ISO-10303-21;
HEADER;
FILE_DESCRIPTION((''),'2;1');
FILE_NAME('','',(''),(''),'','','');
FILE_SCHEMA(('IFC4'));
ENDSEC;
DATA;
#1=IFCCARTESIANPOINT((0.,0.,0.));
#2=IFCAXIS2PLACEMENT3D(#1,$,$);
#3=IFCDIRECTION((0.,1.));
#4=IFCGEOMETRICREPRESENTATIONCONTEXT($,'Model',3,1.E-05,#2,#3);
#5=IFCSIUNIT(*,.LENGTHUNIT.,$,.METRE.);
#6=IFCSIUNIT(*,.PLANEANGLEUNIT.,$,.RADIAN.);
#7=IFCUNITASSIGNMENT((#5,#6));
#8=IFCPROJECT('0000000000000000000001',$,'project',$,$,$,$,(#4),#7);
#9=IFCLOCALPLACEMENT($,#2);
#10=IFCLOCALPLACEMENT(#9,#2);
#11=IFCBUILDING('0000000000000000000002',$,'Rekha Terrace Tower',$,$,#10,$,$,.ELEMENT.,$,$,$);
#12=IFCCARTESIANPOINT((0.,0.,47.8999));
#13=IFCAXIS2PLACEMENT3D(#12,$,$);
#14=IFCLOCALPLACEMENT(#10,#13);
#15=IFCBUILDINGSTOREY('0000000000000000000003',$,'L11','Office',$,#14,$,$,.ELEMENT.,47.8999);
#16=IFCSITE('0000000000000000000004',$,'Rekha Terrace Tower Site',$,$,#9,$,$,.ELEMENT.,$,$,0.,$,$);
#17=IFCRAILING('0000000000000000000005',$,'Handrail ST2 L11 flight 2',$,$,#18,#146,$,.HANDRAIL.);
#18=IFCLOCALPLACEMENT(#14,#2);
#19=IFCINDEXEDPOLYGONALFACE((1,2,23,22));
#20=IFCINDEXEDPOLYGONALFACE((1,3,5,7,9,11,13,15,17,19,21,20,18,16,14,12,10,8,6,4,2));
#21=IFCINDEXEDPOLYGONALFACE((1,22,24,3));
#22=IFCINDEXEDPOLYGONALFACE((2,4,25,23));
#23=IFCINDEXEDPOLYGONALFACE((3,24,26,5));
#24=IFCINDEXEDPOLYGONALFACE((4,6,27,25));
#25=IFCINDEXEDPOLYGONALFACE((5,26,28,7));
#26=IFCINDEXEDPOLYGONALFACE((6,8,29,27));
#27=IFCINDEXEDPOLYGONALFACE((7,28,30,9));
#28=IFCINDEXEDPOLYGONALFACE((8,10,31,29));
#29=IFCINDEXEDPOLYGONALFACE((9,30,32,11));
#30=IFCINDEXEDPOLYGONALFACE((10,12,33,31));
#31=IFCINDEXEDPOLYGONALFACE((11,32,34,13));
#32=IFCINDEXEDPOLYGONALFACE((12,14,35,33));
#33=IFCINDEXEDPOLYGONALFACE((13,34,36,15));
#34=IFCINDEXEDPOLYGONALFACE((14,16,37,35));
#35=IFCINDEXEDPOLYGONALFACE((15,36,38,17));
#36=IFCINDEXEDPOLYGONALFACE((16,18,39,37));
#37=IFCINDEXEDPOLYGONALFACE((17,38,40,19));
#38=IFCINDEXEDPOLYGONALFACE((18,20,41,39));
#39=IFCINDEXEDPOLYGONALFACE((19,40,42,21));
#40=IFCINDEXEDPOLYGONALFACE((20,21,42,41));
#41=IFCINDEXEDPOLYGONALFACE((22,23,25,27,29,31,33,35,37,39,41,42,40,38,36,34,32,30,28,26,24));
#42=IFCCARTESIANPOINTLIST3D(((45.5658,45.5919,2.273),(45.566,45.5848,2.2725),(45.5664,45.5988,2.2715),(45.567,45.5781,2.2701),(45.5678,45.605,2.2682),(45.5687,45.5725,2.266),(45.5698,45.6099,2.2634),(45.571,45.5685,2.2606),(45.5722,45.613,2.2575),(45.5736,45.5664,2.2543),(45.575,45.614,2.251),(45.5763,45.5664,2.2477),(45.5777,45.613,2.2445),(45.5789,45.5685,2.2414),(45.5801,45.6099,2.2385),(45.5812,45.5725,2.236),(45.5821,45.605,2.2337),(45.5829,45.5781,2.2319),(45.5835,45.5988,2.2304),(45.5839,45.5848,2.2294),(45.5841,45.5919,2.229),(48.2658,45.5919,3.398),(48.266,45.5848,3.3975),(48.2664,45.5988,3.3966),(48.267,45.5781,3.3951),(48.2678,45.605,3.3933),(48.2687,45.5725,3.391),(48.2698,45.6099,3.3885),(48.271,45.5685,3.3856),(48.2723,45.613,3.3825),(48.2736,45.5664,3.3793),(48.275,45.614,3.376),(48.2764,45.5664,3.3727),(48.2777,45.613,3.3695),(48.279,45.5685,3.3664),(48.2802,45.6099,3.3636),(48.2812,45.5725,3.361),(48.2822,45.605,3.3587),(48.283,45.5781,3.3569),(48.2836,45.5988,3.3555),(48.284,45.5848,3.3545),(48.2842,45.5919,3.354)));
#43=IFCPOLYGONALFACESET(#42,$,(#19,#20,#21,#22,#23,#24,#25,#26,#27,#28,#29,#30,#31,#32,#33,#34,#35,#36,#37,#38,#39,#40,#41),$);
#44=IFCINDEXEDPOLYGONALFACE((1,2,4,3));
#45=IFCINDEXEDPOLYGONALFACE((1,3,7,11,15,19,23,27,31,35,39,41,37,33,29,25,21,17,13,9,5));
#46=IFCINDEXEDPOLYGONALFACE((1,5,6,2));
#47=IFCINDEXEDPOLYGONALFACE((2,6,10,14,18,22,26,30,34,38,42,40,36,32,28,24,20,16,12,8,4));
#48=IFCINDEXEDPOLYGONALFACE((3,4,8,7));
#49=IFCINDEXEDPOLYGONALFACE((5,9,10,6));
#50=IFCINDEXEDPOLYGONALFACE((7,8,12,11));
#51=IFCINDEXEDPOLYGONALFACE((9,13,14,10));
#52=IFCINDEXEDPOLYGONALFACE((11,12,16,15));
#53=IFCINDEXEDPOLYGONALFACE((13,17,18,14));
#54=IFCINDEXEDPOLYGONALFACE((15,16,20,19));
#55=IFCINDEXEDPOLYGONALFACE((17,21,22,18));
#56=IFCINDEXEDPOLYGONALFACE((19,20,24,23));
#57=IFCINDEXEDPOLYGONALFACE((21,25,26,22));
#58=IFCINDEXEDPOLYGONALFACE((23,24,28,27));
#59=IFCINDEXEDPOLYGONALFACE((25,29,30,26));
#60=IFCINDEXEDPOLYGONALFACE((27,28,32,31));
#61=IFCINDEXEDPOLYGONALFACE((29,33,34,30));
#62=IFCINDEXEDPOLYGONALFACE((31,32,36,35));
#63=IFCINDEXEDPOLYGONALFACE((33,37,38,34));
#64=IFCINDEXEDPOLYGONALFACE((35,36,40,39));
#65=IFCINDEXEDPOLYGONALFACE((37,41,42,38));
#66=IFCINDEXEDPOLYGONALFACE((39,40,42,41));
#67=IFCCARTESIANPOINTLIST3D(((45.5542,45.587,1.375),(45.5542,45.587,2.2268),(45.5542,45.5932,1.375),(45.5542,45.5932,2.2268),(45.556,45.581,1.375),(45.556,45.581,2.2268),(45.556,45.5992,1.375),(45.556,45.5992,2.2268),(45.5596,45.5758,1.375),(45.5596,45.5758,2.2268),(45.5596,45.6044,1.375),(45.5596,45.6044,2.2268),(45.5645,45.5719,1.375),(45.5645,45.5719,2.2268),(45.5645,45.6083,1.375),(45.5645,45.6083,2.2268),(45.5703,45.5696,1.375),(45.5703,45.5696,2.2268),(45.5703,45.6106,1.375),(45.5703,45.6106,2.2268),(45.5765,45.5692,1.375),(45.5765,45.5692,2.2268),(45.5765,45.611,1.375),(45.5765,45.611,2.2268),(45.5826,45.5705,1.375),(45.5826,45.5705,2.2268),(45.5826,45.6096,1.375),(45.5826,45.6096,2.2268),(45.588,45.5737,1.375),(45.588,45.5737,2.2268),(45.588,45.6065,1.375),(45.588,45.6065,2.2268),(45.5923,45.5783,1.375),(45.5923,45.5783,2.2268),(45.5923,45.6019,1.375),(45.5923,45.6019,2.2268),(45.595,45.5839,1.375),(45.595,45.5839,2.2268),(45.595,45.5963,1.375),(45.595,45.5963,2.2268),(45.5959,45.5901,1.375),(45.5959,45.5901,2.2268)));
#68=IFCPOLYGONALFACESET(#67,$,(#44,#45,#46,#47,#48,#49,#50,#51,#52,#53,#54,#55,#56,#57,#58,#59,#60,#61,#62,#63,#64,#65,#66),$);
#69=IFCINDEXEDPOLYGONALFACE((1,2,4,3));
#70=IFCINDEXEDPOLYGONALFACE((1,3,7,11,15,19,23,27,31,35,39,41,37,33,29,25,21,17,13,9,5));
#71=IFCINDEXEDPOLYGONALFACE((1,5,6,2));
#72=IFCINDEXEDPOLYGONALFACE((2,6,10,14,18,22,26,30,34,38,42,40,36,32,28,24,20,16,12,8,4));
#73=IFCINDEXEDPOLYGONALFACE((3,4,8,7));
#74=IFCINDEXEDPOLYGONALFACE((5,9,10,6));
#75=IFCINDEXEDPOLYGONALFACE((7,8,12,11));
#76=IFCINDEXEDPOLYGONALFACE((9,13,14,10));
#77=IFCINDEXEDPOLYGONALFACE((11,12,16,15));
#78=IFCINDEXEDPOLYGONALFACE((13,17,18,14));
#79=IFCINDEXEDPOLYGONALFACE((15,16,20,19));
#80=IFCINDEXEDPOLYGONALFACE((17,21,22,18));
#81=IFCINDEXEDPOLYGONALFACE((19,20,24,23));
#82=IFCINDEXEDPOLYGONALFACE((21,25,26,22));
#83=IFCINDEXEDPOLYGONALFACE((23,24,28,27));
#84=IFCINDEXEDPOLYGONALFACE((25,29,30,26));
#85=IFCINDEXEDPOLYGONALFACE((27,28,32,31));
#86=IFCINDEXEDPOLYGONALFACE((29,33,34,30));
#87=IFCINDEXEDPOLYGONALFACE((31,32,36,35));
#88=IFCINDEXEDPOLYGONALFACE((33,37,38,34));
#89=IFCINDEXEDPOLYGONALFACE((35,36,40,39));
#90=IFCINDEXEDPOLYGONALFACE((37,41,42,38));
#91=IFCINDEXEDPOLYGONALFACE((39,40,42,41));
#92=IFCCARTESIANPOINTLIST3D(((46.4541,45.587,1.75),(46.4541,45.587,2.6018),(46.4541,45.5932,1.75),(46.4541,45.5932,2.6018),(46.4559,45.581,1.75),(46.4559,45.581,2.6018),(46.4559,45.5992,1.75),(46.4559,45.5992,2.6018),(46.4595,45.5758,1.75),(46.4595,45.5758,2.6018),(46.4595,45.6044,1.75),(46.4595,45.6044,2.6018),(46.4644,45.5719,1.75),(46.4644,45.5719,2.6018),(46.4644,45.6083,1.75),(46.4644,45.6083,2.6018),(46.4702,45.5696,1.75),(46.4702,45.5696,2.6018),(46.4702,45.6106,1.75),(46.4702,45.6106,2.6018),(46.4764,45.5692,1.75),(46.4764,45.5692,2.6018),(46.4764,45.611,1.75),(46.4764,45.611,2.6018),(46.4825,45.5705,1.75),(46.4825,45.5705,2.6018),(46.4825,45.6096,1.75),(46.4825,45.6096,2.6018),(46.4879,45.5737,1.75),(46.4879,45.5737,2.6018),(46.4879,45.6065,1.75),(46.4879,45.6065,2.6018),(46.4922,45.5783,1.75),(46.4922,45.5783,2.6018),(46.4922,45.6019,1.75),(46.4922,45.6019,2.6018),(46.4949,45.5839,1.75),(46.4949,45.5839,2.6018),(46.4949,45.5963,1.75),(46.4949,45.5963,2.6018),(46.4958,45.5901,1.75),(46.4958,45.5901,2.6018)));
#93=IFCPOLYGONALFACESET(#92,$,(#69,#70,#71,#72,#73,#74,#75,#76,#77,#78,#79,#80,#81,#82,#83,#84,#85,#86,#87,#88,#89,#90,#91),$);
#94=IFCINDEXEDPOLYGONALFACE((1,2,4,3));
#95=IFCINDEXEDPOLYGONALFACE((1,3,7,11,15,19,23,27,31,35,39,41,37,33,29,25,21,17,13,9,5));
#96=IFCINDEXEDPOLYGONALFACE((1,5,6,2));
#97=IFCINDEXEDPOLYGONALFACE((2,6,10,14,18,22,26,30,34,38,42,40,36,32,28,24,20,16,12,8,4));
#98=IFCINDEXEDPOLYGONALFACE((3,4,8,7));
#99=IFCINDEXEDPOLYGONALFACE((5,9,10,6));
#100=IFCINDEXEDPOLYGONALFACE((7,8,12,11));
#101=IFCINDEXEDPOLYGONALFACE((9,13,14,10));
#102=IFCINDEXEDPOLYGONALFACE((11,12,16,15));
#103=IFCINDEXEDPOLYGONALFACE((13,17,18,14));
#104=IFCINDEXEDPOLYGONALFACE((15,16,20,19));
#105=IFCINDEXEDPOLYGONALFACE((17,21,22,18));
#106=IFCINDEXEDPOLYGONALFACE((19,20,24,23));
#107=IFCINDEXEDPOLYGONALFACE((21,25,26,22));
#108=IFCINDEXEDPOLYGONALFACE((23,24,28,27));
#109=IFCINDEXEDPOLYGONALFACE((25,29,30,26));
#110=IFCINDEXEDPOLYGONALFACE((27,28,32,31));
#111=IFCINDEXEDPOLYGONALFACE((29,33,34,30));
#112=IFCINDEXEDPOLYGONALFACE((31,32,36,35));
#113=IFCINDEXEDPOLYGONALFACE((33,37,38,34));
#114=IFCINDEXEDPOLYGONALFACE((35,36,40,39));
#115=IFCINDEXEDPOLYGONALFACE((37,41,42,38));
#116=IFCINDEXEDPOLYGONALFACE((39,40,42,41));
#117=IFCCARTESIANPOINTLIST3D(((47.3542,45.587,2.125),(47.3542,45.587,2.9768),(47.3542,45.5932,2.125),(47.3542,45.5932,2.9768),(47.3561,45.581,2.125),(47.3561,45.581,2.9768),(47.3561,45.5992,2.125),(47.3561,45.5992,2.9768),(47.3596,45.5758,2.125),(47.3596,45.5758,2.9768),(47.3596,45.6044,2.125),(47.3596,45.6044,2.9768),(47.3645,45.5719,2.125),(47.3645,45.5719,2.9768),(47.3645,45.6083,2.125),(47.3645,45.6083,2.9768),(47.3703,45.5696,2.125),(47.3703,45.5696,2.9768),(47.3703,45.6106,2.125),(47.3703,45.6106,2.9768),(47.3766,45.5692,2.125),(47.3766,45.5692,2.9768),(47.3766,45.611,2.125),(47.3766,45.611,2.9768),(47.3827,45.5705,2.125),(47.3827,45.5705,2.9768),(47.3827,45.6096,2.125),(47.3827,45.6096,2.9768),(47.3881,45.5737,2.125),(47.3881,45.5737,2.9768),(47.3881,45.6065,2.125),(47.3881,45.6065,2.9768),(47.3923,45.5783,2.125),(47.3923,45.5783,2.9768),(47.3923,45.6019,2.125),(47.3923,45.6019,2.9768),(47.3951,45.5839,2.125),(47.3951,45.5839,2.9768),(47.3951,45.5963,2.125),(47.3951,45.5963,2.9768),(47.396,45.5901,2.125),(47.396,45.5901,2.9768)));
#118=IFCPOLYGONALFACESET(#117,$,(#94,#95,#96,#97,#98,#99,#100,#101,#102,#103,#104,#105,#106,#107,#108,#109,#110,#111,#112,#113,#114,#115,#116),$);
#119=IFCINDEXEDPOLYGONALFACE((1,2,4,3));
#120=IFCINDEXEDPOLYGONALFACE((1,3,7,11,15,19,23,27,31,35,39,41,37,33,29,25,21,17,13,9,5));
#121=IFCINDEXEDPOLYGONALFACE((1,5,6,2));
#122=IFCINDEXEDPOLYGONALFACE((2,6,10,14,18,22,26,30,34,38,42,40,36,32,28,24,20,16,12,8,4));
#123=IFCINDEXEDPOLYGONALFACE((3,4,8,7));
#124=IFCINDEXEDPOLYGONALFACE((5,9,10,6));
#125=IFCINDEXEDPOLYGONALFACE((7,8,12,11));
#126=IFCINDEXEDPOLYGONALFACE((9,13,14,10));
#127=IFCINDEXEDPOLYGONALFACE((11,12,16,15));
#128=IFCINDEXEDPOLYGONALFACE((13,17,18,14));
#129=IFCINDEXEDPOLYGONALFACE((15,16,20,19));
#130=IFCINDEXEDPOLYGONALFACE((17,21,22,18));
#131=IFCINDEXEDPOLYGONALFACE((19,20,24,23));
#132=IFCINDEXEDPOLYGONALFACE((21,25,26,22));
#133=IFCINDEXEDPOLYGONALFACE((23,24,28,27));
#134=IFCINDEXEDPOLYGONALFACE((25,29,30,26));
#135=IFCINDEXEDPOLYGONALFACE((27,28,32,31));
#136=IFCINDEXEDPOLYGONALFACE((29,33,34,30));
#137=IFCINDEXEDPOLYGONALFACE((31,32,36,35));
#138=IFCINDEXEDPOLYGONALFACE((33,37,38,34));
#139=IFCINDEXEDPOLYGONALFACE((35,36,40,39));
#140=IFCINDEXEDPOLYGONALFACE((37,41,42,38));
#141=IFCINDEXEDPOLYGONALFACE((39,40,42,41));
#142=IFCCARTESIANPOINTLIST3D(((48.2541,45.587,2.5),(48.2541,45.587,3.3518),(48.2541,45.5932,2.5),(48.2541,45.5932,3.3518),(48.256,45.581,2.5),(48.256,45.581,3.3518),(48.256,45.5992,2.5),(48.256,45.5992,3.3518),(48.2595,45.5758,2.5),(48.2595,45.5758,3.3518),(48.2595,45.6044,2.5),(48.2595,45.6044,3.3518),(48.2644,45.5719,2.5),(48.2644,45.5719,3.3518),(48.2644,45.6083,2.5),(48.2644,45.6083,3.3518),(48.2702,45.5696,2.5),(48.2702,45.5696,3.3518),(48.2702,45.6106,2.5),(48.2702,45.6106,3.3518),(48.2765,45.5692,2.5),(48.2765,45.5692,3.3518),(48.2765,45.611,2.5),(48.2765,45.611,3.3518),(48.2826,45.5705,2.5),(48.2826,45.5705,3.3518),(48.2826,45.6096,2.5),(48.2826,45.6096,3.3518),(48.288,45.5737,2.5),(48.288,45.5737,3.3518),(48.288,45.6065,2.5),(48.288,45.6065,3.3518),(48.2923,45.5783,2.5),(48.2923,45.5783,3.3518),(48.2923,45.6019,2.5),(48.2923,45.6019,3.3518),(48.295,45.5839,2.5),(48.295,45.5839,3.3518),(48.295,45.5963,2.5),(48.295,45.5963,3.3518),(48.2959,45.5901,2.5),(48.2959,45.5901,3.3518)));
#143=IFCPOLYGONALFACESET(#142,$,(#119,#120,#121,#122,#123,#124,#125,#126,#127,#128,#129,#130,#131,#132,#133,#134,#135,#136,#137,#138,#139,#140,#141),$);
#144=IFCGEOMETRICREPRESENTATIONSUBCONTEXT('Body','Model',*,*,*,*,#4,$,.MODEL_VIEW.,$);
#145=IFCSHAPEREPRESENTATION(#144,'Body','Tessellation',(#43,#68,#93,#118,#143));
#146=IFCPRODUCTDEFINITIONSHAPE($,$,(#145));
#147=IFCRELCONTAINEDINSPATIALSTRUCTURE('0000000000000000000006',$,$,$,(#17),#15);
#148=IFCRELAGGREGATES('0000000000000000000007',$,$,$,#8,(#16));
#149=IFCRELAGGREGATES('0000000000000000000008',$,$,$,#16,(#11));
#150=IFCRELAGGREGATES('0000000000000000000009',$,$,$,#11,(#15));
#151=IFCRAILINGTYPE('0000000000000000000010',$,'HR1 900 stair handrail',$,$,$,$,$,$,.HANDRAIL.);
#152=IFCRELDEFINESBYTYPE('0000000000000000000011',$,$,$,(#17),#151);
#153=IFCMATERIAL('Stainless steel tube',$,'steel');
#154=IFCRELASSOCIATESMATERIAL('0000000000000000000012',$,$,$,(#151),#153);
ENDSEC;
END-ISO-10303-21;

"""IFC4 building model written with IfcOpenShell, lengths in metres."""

from ifc_helpers import new_model, si_unit, direction, frame, origin, origin_2d, place, context, subcontext, project, spatial, circle, extrude, material, type_object, element, save


model = new_model("IFC4")

# Units and contexts
model_context = context("Model", 3, precision=1e-05, world=origin(), true_north=direction((0.0, 1.0)))
body_context = subcontext(model_context, "Body", "Model", "MODEL_VIEW")
ifc_project = project(units=[si_unit("LENGTHUNIT", "METRE"), si_unit("PLANEANGLEUNIT", "RADIAN")], contexts=[model_context])

# Site, building, storey
site_placement = place(None, origin())
site = spatial("IfcSite", under=ifc_project, at=site_placement, Name="Rekha Terrace Tower Site", CompositionType="ELEMENT", RefElevation=0.0)
building_placement = place(site_placement, origin())
building = spatial("IfcBuilding", under=site, at=building_placement, Name="Rekha Terrace Tower", CompositionType="ELEMENT")
storey_placement = place(building_placement, frame((0.0, 0.0, 47.8999)))
storey = spatial("IfcBuildingStorey", under=building, at=storey_placement, Name="L11", Description="Office", CompositionType="ELEMENT", Elevation=47.8999)

# Railing
ifc_material_1 = material(Name="Stainless steel tube", Category="steel")
railing_type_1 = type_object("IfcRailingType", Name="HR1 900 stair handrail", PredefinedType="HANDRAIL", material=ifc_material_1)
railing_1_placement = place(storey_placement, frame((45.575, 45.5901, 1.375)))
element("IfcRailing", 1, at=railing_1_placement, inside=storey, type_object=railing_type_1, Name="Handrail ST2 L11 flight 2", PredefinedType="HANDRAIL", context=body_context, shape_type="SweptSolid", body=[
    extrude(circle(Radius=0.0239, at=origin_2d()), frame((0.0, 0.0, 0.876), z_axis=(0.923074, 0.0, 0.384621), x_axis=(0.0, 1.0, 0.0)), (0.0, 0.0, 1.0), 2.925),
    extrude(circle(Radius=0.021, at=origin_2d()), origin(), (0.0, 0.0, 1.0), 0.8518),
    extrude(circle(Radius=0.021, at=origin_2d()), frame((0.8999, 0.0, 0.375)), (0.0, 0.0, 1.0), 0.8518),
    extrude(circle(Radius=0.021, at=origin_2d()), frame((1.8, 0.0, 0.75)), (0.0, 0.0, 1.0), 0.8518),
    extrude(circle(Radius=0.021, at=origin_2d()), frame((2.7, 0.0, 1.125)), (0.0, 0.0, 1.0), 0.8518),
])

save(model, "model.ifc")
